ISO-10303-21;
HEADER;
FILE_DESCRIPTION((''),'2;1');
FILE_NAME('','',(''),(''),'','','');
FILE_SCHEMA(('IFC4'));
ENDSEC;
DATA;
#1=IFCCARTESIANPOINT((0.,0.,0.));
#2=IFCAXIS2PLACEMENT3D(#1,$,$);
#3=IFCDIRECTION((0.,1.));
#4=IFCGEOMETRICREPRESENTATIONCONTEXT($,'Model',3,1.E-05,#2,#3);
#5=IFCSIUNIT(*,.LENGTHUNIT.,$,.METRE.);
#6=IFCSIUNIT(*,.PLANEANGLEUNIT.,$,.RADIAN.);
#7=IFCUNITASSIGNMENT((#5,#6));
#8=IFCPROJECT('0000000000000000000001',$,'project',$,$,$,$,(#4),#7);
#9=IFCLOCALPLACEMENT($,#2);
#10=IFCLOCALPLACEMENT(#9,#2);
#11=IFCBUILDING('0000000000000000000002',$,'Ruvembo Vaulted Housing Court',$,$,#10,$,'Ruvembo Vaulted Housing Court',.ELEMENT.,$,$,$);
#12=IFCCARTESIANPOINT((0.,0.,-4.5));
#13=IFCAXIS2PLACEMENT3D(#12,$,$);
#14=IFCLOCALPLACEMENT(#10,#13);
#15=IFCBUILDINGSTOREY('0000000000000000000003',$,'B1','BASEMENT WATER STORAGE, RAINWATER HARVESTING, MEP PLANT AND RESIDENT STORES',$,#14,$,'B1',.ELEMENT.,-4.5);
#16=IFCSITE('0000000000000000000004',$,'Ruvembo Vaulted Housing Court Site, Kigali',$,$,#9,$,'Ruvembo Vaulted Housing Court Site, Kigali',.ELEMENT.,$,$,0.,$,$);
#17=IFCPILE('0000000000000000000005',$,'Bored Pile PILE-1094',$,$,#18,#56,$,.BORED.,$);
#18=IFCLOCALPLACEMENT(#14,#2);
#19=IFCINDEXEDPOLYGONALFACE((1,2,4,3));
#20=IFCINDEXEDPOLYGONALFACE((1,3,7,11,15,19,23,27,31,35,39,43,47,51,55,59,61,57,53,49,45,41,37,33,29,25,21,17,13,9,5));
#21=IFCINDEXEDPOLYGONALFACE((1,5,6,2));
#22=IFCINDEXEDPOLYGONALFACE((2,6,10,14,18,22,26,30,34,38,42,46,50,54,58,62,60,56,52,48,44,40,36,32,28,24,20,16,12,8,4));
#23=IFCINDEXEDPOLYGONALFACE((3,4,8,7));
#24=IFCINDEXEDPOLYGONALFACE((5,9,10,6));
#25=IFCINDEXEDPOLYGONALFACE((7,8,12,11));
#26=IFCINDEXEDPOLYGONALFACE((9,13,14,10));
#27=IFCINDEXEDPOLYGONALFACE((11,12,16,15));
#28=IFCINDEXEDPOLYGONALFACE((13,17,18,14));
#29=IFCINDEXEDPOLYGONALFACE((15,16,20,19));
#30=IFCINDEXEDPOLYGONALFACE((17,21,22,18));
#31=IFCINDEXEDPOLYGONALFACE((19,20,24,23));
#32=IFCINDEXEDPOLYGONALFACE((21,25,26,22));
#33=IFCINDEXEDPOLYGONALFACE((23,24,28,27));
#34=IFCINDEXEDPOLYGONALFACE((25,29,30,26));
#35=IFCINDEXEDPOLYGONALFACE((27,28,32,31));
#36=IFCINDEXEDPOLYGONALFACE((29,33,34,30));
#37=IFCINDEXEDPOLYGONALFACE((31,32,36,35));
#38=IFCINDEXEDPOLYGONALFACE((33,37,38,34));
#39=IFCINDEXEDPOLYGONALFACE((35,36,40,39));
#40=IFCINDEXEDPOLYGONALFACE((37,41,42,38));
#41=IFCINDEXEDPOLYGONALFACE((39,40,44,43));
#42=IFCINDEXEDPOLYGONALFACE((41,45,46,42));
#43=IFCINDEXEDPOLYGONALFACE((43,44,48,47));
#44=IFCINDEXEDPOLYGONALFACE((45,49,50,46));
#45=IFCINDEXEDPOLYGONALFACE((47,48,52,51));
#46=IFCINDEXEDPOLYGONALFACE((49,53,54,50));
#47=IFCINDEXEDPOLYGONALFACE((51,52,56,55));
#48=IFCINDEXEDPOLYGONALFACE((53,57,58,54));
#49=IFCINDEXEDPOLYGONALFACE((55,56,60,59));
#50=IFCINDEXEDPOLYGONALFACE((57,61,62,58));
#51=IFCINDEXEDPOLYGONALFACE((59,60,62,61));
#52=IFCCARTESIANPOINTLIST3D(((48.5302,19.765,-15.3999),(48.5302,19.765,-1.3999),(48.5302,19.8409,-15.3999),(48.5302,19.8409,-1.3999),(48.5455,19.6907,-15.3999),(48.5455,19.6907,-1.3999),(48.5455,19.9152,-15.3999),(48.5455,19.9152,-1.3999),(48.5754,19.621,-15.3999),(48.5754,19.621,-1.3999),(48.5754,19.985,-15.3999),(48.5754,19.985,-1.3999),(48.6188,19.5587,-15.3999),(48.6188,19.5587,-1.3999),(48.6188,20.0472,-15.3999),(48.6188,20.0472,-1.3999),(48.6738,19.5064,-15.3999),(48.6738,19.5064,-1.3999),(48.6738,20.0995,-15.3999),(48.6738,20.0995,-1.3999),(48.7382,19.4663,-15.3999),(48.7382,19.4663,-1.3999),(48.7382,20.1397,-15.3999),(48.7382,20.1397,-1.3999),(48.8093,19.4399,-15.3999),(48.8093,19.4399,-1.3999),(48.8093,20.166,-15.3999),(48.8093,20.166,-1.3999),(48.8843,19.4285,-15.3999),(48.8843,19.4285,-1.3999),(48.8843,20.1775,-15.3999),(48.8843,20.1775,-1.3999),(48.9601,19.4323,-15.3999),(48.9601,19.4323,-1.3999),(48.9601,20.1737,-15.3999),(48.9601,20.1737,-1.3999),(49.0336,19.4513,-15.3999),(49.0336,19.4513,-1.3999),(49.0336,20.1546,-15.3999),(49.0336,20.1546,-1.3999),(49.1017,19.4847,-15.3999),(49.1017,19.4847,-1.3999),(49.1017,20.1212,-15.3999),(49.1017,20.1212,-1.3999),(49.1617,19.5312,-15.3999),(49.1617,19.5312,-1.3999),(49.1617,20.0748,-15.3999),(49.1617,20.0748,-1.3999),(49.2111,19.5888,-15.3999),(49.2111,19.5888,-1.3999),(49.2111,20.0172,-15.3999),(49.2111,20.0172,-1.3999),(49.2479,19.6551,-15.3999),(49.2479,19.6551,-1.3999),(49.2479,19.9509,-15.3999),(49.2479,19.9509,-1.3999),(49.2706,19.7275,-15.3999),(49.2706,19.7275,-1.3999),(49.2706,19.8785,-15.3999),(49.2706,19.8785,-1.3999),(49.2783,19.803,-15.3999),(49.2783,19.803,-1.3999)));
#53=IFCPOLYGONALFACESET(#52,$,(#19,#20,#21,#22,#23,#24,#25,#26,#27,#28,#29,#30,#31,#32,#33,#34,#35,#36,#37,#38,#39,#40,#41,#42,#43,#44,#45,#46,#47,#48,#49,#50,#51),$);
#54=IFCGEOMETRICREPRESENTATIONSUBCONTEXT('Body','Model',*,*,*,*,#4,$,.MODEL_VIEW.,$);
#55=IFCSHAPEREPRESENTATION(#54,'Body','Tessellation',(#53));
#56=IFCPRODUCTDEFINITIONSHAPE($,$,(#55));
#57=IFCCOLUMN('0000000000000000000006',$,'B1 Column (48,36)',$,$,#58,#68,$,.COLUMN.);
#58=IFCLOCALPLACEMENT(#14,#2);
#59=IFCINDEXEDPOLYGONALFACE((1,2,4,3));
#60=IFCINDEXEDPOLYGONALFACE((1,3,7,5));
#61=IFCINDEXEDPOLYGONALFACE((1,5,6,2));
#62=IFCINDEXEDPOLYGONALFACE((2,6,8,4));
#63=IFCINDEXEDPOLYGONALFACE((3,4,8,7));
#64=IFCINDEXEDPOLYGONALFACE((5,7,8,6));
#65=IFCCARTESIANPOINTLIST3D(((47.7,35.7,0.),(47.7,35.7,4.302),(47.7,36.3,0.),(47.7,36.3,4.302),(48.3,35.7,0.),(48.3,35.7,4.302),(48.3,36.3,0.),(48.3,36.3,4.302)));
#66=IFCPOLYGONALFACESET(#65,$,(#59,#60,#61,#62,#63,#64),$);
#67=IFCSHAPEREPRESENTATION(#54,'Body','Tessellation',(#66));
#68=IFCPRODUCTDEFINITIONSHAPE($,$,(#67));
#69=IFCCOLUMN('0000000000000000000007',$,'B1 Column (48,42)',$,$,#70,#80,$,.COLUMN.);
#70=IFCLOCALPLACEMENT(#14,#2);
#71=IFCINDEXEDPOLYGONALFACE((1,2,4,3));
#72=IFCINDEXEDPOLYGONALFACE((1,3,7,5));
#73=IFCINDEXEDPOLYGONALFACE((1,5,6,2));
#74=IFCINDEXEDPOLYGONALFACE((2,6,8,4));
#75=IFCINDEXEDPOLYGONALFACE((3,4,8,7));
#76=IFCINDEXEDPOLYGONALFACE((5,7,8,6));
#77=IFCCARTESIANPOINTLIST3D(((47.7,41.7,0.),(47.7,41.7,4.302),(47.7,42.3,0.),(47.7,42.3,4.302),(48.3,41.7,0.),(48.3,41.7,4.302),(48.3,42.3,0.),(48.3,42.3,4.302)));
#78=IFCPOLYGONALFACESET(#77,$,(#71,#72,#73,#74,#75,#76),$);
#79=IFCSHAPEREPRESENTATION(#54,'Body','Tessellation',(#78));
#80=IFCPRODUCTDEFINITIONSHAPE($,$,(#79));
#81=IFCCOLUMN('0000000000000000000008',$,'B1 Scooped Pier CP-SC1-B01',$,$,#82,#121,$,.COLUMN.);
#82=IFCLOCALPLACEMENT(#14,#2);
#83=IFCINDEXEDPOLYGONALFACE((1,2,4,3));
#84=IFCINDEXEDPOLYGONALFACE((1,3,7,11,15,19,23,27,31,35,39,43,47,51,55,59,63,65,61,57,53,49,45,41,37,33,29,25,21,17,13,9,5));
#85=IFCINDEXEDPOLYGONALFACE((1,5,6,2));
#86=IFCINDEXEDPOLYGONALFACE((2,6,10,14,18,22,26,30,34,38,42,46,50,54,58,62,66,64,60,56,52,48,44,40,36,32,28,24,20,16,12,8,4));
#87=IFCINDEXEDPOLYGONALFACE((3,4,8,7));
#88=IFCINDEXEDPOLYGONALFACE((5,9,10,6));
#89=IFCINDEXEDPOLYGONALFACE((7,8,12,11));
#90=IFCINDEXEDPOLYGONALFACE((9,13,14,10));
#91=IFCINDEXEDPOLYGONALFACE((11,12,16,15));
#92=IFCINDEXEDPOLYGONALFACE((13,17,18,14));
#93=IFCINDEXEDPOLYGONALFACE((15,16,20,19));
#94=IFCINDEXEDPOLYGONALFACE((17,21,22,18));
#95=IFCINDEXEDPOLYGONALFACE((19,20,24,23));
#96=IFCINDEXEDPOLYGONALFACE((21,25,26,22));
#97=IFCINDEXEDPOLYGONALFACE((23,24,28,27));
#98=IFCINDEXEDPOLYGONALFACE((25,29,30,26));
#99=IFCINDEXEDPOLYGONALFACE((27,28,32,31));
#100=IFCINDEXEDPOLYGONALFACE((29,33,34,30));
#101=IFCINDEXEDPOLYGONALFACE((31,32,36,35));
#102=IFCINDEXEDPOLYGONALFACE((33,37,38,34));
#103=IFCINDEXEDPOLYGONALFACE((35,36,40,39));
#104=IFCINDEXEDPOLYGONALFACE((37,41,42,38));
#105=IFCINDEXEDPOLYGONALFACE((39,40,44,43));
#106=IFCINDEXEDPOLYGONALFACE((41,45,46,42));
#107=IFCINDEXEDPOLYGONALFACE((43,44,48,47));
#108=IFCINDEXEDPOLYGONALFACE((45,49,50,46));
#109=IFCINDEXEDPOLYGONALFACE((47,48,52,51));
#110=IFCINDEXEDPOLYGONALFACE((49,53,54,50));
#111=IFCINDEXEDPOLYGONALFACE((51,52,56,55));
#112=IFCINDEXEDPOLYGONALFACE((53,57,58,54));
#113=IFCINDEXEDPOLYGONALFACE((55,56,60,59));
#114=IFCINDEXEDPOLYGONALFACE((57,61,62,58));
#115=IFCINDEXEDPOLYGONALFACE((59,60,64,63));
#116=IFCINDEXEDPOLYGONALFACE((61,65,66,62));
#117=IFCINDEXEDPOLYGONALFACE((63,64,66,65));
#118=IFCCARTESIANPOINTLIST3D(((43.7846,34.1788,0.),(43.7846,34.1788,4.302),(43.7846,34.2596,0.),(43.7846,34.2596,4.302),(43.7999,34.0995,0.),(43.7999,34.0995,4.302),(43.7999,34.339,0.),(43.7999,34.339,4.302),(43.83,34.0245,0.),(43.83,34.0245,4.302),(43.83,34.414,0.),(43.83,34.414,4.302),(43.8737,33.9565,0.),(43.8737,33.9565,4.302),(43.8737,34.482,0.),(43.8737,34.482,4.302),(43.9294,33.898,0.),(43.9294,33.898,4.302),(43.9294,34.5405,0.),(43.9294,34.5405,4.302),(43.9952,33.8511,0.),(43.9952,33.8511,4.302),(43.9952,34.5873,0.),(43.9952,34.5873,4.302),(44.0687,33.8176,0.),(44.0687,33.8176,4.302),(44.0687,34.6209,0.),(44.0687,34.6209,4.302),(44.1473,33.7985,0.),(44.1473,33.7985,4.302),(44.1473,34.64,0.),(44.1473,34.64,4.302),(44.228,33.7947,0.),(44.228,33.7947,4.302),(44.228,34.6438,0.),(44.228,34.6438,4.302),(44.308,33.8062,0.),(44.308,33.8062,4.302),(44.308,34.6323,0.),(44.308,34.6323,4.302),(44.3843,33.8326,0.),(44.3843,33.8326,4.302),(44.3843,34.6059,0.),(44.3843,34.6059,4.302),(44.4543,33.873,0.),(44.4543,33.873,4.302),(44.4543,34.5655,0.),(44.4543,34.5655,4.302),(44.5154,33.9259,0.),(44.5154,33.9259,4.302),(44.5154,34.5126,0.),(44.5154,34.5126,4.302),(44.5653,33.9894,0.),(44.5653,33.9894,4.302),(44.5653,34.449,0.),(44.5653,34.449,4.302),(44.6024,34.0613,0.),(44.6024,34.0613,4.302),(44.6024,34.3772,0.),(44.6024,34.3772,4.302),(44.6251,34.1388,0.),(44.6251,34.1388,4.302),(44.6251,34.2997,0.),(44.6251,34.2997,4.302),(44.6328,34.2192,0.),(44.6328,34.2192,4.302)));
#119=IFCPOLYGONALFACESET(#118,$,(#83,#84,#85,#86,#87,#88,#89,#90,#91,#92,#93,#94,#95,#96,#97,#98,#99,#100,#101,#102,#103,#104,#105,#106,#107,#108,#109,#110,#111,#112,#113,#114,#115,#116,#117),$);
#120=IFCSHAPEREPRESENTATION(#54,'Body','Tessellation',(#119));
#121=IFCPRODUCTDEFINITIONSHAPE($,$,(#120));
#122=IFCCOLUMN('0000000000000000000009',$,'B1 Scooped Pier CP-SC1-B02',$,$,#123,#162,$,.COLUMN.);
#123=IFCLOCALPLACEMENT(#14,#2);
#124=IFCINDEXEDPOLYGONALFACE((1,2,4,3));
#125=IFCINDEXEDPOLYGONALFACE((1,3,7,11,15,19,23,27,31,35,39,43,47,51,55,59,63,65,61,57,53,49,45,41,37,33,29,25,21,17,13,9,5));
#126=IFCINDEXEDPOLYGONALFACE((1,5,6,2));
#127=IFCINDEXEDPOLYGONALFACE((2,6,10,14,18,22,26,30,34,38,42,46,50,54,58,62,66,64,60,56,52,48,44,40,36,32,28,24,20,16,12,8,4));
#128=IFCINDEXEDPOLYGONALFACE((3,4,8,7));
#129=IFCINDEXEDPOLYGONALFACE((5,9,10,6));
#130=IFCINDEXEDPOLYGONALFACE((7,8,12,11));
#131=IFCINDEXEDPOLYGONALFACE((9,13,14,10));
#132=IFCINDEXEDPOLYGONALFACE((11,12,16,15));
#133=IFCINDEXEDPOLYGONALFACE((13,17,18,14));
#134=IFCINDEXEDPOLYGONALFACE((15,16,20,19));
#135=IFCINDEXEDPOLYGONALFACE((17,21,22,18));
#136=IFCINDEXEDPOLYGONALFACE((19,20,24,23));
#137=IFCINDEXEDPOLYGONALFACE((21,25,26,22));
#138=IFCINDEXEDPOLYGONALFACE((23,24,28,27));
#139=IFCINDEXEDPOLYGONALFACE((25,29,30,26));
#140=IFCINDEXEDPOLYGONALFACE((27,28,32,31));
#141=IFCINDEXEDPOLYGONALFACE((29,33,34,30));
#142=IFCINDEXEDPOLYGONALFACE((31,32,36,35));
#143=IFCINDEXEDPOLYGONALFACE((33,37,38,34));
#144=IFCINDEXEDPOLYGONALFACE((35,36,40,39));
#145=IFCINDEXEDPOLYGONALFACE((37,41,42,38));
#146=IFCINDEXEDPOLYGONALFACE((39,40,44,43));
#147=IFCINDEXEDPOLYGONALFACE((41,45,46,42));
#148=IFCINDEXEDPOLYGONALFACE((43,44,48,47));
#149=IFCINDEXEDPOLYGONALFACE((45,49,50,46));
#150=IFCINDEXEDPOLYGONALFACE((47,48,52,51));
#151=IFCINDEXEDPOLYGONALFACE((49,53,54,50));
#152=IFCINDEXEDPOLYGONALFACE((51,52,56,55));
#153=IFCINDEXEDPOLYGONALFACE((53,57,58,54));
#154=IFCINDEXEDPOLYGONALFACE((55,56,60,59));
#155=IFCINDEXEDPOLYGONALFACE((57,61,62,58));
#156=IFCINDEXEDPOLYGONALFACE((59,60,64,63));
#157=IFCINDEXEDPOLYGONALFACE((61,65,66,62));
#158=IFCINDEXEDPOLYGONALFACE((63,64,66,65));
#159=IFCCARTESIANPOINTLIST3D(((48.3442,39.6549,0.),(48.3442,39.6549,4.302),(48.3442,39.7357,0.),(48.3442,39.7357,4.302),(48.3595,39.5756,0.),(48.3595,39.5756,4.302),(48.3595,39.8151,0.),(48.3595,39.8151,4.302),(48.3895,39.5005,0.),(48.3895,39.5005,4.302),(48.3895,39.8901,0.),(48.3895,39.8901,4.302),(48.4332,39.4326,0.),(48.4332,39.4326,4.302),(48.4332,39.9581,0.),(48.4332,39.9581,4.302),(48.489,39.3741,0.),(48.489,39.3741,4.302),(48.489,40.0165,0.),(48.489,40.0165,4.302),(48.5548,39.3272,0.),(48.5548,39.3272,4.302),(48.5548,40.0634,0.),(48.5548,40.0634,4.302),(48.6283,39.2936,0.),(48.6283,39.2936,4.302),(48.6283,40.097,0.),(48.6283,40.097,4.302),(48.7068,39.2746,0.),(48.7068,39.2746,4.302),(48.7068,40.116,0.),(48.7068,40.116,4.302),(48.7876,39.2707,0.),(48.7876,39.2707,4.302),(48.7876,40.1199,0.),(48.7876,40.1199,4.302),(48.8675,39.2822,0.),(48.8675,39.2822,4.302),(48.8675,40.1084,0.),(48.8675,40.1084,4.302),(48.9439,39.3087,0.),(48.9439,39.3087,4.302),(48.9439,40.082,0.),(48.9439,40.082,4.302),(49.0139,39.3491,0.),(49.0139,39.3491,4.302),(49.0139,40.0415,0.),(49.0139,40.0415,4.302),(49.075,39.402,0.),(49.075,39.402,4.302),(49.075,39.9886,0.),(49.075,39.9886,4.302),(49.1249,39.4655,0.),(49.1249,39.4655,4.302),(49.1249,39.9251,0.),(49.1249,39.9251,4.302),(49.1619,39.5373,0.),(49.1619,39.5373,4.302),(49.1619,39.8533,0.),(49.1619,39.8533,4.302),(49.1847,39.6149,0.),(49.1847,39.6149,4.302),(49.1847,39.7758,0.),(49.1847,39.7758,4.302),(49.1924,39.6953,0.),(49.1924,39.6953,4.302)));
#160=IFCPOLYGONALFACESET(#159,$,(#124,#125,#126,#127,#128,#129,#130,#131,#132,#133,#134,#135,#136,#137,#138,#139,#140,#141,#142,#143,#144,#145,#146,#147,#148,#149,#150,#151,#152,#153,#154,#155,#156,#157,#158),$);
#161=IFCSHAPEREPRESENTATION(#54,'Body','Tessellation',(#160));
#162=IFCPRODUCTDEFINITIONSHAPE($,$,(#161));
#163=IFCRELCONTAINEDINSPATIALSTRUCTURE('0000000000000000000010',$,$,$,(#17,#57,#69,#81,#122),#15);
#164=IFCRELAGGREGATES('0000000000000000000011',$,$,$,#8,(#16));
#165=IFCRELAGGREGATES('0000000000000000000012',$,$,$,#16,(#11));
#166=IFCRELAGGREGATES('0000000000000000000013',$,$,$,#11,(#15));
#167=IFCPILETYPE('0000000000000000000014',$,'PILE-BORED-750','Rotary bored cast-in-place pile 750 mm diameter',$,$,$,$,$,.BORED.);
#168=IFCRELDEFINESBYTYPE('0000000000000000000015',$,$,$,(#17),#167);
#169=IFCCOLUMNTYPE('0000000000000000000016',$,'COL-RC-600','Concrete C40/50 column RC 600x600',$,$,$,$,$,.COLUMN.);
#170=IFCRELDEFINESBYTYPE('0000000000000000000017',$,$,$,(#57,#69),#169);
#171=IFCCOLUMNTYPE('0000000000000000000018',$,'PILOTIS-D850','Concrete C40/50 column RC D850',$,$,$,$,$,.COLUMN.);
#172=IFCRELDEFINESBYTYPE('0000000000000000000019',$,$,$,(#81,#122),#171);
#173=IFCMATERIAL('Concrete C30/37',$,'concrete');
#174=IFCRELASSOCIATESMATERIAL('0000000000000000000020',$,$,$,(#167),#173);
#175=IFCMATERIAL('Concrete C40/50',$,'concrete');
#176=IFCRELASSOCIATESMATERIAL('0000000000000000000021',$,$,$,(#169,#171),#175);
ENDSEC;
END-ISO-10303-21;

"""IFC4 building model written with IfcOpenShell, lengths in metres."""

from ifc_helpers import new_model, si_unit, direction, frame, origin, origin_2d, place, context, subcontext, project, spatial, rectangle, circle, extrude, material, material_profile, profile_set, type_object, element, save


model = new_model("IFC4")

# Units and contexts
model_context = context("Model", 3, precision=1e-05, world=origin(), true_north=direction((0.0, 1.0)))
body_context = subcontext(model_context, "Body", "Model", "MODEL_VIEW")
ifc_project = project(units=[si_unit("LENGTHUNIT", "METRE"), si_unit("PLANEANGLEUNIT", "RADIAN")], contexts=[model_context])

# Site, building, storey
site_placement = place(None, origin())
site = spatial("IfcSite", under=ifc_project, at=site_placement, Name="Ruvembo Vaulted Housing Court Site, Kigali", LongName="Ruvembo Vaulted Housing Court Site, Kigali", CompositionType="ELEMENT", RefElevation=0.0)
building_placement = place(site_placement, origin())
building = spatial("IfcBuilding", under=site, at=building_placement, Name="Ruvembo Vaulted Housing Court", LongName="Ruvembo Vaulted Housing Court", CompositionType="ELEMENT")
storey_placement = place(building_placement, frame((0.0, 0.0, -4.5)))
storey = spatial("IfcBuildingStorey", under=building, at=storey_placement, Name="B1", Description="BASEMENT WATER STORAGE, RAINWATER HARVESTING, MEP PLANT AND RESIDENT STORES", LongName="B1", CompositionType="ELEMENT", Elevation=-4.5)

# Pile
ifc_material_1 = material(Name="Concrete C30/37", Category="concrete")
ifc_material_profile_1 = material_profile(ifc_material_1, circle(Radius=0.375, at=origin_2d()), Name="PILE D750")
ifc_profile_set_1 = profile_set([ifc_material_profile_1], Name="Concrete C30/37")
pile_type_1 = type_object("IfcPileType", Name="PILE-BORED-750", Description="Rotary bored cast-in-place pile 750 mm diameter", PredefinedType="BORED", material=ifc_profile_set_1)
for number, where, z_axis, x_axis, name in (
    (1, (48.9033, 19.803, -1.3999), (0.0, 0.0, -1.0), (1.0, 0.0, 0.0), "Bored Pile PILE-1094"),
):
    element("IfcPile", number, at=place(storey_placement, frame(where, z_axis=z_axis, x_axis=x_axis)), inside=storey, type_object=pile_type_1, Name=name, PredefinedType="BORED", context=body_context, shape_type="SweptSolid", body=[
        extrude(circle(Radius=0.375, at=origin_2d()), origin(), (0.0, 0.0, 1.0), 14.0),
    ])

# Columns
ifc_material_2 = material(Name="Concrete C40/50", Category="concrete")
ifc_material_profile_2 = material_profile(ifc_material_2, rectangle(XDim=0.6001, YDim=0.6001, at=origin_2d()), Name="RC 600x600")
ifc_profile_set_2 = profile_set([ifc_material_profile_2], Name="Concrete C40/50")
column_type_1 = type_object("IfcColumnType", Name="COL-RC-600", Description="Concrete C40/50 column RC 600x600", PredefinedType="COLUMN", material=ifc_profile_set_2)
for number, where, z_axis, x_axis, name in (
    (2, (48.0, 36.0, 0.0), (0.0, 0.0, 1.0), (1.0, 0.0, 0.0), "B1 Column (48,36)"),
    (3, (48.0, 42.0, 0.0), (0.0, 0.0, 1.0), (1.0, 0.0, 0.0), "B1 Column (48,42)"),
):
    element("IfcColumn", number, at=place(storey_placement, frame(where, z_axis=z_axis, x_axis=x_axis)), inside=storey, type_object=column_type_1, Name=name, PredefinedType="COLUMN", context=body_context, shape_type="SweptSolid", body=[
        extrude(rectangle(XDim=0.6001, YDim=0.6001, at=origin_2d()), origin(), (0.0, 0.0, 1.0), 4.302),
    ])
ifc_material_profile_3 = material_profile(ifc_material_2, circle(Radius=0.425, at=origin_2d()), Name="RC D850")
ifc_profile_set_3 = profile_set([ifc_material_profile_3], Name="Concrete C40/50")
column_type_2 = type_object("IfcColumnType", Name="PILOTIS-D850", Description="Concrete C40/50 column RC D850", PredefinedType="COLUMN", material=ifc_profile_set_3)
for number, where, z_axis, x_axis, name in (
    (4, (44.2078, 34.2192, 0.0), (0.0, 0.0, 1.0), (1.0, 0.0, 0.0), "B1 Scooped Pier CP-SC1-B01"),
    (5, (48.7673, 39.6953, 0.0), (0.0, 0.0, 1.0), (1.0, 0.0, 0.0), "B1 Scooped Pier CP-SC1-B02"),
):
    element("IfcColumn", number, at=place(storey_placement, frame(where, z_axis=z_axis, x_axis=x_axis)), inside=storey, type_object=column_type_2, Name=name, PredefinedType="COLUMN", context=body_context, shape_type="SweptSolid", body=[
        extrude(circle(Radius=0.425, at=origin_2d()), origin(), (0.0, 0.0, 1.0), 4.302),
    ])

save(model, "model.ifc")
